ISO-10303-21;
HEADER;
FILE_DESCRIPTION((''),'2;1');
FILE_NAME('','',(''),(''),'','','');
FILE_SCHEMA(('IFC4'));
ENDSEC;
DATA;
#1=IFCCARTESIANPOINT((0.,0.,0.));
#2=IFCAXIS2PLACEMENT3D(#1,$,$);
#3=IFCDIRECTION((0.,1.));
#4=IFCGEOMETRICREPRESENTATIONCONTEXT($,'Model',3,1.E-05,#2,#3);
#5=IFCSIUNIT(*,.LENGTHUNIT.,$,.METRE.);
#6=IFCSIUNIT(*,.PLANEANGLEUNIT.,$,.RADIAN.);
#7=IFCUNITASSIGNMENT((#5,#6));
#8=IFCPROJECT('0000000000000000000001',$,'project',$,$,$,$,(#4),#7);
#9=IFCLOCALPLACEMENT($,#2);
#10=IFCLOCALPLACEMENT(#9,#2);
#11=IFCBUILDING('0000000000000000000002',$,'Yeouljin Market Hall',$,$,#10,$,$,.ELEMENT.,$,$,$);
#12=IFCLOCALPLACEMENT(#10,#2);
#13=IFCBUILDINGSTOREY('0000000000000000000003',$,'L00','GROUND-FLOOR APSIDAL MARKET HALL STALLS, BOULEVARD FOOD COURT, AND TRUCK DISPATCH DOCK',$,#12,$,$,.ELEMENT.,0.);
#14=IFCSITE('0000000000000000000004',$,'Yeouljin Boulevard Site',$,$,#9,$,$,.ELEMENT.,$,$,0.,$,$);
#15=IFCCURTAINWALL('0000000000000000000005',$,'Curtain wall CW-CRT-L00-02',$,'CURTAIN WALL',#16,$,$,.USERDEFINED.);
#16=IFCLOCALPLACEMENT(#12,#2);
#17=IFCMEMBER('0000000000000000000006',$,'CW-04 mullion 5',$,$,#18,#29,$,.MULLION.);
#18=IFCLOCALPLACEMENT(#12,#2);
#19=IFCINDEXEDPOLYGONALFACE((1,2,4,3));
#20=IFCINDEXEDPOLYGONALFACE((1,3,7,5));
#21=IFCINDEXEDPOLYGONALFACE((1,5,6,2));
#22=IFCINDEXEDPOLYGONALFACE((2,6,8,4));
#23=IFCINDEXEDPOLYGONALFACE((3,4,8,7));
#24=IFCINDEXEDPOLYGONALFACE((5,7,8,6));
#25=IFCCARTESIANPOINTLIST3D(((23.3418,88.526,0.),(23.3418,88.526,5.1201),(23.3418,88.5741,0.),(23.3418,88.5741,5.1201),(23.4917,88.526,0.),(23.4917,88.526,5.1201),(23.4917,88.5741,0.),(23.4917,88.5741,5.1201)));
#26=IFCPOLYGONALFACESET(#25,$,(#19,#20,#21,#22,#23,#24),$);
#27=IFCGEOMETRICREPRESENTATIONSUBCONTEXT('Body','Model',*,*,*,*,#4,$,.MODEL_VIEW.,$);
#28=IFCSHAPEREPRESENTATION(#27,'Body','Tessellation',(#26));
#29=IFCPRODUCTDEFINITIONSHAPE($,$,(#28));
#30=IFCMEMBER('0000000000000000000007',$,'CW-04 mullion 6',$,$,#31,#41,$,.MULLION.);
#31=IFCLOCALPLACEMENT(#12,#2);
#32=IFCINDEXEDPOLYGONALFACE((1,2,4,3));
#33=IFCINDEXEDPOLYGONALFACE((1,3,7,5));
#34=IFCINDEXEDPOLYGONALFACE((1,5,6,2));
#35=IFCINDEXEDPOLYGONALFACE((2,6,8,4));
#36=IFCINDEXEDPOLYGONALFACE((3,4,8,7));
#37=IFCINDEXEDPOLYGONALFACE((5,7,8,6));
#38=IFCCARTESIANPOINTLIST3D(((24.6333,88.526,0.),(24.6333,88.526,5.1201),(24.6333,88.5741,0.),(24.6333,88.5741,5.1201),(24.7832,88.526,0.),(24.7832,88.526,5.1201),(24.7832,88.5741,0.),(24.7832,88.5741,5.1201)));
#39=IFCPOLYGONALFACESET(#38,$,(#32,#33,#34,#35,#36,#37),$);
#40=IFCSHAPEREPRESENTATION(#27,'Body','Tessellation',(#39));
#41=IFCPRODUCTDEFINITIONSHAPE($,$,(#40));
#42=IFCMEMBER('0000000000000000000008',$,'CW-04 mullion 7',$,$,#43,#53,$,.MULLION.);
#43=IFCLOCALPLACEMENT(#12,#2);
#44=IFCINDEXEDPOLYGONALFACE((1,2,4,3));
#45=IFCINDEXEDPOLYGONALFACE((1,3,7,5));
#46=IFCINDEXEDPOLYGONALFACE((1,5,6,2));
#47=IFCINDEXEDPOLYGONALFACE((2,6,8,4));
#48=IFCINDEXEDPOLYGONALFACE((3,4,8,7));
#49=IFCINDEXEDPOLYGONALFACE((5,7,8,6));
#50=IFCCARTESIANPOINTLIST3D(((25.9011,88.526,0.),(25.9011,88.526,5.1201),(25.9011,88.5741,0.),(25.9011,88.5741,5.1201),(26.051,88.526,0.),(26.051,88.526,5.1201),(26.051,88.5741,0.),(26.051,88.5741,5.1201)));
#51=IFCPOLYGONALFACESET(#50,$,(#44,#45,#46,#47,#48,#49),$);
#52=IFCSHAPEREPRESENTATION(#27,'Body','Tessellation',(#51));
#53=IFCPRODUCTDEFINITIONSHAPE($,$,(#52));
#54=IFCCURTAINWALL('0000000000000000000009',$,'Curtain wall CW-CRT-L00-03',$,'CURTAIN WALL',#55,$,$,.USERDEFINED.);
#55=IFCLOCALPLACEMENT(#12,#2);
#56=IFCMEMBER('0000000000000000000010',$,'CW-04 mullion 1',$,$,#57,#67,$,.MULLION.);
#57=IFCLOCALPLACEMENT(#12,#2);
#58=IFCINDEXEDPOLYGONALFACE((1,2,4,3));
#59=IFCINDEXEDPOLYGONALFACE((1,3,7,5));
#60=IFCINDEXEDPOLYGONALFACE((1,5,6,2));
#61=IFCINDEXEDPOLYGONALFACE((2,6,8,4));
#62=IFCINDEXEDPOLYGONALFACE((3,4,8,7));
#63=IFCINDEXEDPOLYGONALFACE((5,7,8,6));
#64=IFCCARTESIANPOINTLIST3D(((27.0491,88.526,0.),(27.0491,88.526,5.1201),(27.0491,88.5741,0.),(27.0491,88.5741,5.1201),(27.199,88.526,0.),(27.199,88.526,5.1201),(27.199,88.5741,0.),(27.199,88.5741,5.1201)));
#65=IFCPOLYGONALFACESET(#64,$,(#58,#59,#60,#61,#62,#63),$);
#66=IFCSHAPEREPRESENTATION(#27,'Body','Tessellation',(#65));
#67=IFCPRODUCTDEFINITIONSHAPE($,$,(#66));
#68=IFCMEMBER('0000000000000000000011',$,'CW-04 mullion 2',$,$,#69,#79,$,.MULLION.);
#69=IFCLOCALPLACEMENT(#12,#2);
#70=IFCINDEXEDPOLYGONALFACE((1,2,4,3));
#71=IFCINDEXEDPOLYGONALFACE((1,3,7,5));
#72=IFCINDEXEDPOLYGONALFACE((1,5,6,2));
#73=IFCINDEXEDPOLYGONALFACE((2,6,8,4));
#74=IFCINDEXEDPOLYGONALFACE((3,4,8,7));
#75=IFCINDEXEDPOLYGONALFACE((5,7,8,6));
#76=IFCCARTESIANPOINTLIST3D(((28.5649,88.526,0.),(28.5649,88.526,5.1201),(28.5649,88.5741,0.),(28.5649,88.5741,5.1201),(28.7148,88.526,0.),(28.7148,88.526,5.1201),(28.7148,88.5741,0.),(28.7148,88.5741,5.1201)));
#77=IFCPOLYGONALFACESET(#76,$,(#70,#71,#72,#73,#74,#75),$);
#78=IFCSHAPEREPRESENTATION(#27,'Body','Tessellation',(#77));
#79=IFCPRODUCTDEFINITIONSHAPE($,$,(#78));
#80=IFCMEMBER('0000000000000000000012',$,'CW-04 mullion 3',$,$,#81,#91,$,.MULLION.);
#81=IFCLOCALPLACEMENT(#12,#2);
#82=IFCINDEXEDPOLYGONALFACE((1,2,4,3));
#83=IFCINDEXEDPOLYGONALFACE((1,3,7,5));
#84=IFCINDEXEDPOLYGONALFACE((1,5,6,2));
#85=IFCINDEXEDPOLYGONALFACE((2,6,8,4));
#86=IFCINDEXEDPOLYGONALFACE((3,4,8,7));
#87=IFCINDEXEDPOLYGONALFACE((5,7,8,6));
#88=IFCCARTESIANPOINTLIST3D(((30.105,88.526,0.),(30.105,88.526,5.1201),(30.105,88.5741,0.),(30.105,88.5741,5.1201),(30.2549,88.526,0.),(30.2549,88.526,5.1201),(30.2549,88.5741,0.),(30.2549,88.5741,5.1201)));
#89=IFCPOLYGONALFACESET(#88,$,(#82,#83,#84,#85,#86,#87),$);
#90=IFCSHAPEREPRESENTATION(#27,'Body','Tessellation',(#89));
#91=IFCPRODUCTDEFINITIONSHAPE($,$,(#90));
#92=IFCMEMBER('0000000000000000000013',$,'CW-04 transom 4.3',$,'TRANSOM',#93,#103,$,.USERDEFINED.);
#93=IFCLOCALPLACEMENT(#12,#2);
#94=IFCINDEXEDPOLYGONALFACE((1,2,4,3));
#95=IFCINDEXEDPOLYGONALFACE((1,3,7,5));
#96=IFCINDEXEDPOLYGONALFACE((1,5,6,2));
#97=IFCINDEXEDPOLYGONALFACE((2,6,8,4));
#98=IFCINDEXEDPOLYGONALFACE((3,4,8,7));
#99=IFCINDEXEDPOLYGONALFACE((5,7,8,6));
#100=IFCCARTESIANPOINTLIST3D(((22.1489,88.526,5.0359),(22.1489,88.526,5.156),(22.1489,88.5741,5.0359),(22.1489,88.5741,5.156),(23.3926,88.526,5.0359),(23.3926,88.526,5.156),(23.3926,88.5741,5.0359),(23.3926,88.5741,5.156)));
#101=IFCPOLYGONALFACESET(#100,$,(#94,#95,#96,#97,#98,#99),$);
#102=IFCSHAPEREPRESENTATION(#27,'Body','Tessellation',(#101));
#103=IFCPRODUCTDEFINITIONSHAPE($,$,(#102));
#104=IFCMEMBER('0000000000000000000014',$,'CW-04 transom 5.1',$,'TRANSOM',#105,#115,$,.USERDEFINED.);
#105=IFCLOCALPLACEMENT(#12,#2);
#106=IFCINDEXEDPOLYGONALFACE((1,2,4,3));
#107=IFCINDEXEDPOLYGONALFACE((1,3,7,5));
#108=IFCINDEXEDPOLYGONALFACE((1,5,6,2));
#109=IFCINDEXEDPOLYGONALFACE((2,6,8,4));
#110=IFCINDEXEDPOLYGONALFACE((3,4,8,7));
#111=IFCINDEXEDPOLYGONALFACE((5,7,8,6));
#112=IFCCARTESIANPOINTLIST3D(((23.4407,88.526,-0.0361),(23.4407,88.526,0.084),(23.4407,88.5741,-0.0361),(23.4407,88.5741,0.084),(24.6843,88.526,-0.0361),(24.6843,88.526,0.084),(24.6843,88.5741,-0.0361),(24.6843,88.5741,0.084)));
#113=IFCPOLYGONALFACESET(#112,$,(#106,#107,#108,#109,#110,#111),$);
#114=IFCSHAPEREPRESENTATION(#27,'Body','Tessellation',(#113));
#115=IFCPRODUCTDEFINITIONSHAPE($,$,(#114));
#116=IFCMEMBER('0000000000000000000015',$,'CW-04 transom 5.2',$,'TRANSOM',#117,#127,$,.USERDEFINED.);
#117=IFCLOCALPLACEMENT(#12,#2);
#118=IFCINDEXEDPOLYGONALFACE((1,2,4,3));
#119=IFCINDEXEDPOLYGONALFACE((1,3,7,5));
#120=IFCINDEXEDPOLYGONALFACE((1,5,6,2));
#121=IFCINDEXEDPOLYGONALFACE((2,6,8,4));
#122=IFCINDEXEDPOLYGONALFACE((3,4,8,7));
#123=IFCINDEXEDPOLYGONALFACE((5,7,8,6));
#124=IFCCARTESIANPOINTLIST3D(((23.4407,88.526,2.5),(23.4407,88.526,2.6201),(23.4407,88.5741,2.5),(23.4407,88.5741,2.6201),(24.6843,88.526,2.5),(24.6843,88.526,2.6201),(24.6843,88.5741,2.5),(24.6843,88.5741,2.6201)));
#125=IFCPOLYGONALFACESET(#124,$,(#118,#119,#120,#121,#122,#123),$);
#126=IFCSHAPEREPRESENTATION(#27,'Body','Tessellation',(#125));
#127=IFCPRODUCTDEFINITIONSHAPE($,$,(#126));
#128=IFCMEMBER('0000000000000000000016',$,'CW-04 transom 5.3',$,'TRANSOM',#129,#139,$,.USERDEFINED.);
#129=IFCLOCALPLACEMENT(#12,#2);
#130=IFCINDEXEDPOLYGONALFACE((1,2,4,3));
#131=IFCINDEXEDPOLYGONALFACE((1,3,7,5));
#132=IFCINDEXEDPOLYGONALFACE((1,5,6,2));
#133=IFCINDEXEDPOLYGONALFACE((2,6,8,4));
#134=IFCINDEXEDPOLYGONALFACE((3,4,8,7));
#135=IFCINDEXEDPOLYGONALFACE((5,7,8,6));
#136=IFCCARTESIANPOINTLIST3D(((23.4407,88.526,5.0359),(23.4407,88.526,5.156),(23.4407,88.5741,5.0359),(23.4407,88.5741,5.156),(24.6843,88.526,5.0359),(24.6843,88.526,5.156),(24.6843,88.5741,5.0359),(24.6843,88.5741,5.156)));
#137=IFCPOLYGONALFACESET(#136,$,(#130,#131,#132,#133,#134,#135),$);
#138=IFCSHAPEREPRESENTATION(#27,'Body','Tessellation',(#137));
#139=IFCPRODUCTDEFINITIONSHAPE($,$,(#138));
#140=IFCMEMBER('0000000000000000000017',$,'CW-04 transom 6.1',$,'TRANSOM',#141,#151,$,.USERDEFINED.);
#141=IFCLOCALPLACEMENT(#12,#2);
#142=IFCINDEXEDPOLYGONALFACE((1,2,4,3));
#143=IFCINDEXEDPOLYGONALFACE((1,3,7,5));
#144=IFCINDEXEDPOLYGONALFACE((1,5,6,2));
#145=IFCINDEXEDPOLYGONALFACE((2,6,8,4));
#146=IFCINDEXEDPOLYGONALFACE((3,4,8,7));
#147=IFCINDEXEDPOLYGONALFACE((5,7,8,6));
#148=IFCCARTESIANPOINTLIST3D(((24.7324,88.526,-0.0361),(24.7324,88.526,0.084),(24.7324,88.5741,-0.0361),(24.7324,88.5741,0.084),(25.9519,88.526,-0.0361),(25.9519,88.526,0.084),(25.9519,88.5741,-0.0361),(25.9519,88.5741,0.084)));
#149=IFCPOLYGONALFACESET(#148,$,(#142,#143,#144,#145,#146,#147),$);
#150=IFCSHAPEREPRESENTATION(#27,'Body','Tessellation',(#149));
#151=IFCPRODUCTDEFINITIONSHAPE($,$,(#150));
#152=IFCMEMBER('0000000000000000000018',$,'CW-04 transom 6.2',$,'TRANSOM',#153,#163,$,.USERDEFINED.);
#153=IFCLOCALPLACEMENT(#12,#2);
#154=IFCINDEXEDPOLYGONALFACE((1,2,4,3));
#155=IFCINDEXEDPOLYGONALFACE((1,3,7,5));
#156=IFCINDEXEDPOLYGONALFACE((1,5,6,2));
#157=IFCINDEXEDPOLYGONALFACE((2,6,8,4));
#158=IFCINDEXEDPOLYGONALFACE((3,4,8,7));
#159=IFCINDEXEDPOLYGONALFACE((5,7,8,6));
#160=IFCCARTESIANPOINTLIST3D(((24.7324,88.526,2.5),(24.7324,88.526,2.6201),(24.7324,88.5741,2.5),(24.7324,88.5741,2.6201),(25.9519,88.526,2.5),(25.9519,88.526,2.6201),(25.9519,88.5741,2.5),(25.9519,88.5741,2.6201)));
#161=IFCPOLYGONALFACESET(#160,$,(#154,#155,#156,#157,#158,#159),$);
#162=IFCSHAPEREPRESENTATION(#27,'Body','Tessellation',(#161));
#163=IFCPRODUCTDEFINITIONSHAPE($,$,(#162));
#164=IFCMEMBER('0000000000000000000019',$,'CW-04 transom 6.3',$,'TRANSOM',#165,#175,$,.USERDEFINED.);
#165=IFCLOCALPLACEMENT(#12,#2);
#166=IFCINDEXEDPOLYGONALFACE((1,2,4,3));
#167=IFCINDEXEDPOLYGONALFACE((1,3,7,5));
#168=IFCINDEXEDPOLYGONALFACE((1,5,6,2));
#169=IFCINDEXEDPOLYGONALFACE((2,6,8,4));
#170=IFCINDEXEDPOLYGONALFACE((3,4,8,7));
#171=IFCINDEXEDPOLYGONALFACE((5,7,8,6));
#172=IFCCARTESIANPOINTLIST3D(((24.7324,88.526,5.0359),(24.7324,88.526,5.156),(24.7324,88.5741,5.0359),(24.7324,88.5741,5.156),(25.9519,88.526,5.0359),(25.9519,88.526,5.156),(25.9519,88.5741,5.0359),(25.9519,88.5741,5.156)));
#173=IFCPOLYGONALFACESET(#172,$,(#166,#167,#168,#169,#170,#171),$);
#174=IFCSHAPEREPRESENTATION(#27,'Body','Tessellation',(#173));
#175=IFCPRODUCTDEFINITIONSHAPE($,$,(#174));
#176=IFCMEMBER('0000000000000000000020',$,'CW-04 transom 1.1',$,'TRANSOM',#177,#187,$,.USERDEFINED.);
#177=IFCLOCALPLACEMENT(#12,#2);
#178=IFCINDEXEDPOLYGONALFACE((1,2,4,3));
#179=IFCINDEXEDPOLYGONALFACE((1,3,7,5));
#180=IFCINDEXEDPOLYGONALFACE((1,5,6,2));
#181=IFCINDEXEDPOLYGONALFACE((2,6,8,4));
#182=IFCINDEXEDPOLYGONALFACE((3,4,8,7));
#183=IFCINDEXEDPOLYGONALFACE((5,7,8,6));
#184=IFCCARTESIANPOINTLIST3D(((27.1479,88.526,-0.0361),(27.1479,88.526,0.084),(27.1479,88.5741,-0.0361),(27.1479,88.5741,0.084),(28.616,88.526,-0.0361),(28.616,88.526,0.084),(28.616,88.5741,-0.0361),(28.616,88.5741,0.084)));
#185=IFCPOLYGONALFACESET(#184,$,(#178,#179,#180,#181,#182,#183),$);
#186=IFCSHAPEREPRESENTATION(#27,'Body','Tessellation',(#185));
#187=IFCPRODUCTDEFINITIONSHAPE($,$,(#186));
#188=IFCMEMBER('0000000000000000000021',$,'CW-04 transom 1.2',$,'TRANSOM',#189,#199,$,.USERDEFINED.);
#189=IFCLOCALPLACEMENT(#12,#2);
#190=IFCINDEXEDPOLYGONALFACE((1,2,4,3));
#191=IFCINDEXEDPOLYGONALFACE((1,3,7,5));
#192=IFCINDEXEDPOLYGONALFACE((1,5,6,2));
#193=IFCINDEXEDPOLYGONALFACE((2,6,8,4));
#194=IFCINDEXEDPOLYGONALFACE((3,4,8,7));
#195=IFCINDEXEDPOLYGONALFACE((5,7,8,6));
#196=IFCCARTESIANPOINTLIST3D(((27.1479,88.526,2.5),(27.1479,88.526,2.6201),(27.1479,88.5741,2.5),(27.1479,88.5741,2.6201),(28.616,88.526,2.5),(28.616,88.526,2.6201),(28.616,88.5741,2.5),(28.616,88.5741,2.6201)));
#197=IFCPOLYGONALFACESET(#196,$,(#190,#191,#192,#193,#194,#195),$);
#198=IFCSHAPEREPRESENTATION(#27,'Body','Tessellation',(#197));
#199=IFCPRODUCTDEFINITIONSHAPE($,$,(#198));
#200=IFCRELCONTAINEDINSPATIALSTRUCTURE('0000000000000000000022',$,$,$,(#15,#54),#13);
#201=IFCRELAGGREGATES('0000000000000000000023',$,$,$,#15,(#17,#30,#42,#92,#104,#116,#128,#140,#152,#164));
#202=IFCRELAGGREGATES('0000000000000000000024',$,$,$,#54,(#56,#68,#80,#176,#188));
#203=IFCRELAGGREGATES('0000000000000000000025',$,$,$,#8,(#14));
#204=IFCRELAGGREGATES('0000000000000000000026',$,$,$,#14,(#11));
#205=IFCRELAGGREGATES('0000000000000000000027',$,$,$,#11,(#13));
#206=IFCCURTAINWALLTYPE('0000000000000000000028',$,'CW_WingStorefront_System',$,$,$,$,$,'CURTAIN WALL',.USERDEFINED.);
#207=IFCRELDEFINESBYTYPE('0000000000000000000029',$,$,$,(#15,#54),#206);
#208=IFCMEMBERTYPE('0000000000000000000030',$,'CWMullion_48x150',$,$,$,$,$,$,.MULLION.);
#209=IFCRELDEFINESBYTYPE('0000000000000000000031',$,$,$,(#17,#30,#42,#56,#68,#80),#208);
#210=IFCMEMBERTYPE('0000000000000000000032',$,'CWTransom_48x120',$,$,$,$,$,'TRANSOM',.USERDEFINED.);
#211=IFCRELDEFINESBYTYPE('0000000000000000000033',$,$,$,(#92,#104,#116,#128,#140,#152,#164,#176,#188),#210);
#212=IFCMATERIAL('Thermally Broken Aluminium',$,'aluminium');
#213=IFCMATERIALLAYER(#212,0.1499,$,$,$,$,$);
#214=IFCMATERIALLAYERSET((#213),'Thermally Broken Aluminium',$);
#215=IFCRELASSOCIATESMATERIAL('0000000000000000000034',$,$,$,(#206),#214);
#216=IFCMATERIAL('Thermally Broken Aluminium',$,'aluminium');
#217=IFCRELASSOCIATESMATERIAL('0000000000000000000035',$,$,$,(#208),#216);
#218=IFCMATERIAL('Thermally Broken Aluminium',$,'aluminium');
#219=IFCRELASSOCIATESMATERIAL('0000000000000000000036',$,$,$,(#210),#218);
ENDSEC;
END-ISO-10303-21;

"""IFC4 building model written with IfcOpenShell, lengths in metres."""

from ifc_helpers import new_model, si_unit, direction, frame, origin, origin_2d, place, context, subcontext, project, spatial, rectangle, extrude, material, layer, layer_set, material_profile, profile_set, type_object, element, aggregate, save


model = new_model("IFC4")

# Units and contexts
model_context = context("Model", 3, precision=1e-05, world=origin(), true_north=direction((0.0, 1.0)))
body_context = subcontext(model_context, "Body", "Model", "MODEL_VIEW")
ifc_project = project(units=[si_unit("LENGTHUNIT", "METRE"), si_unit("PLANEANGLEUNIT", "RADIAN")], contexts=[model_context])

# Site, building, storey
site_placement = place(None, origin())
site = spatial("IfcSite", under=ifc_project, at=site_placement, Name="Yeouljin Boulevard Site", CompositionType="ELEMENT", RefElevation=0.0)
building_placement = place(site_placement, origin())
building = spatial("IfcBuilding", under=site, at=building_placement, Name="Yeouljin Market Hall", CompositionType="ELEMENT")
storey_placement = place(building_placement, origin())
storey = spatial("IfcBuildingStorey", under=building, at=storey_placement, Name="L00", Description="GROUND-FLOOR APSIDAL MARKET HALL STALLS, BOULEVARD FOOD COURT, AND TRUCK DISPATCH DOCK", CompositionType="ELEMENT", Elevation=0.0)

# Curtain walls, members
ifc_material_1 = material(Name="Thermally Broken Aluminium", Category="aluminium")
ifc_layer_1 = layer(ifc_material_1, 0.1499)
ifc_layer_set_1 = layer_set([ifc_layer_1], Name="Thermally Broken Aluminium")
curtain_wall_type = type_object("IfcCurtainWallType", Name="CW_WingStorefront_System", ElementType="CURTAIN WALL", PredefinedType="USERDEFINED", material=ifc_layer_set_1)
curtain_wall_1_placement = place(storey_placement, origin())
curtain_wall_1 = element("IfcCurtainWall", 1, at=curtain_wall_1_placement, inside=storey, type_object=curtain_wall_type, Name="Curtain wall CW-CRT-L00-02", ObjectType="CURTAIN WALL", PredefinedType="USERDEFINED")
ifc_material_2 = material(Name="Thermally Broken Aluminium", Category="aluminium")
ifc_material_profile_1 = material_profile(ifc_material_2, rectangle(XDim=0.0481, YDim=0.1499, at=origin_2d()), Name="CW-MULL-48x150")
ifc_profile_set_1 = profile_set([ifc_material_profile_1], Name="Thermally Broken Aluminium")
member_type_1 = type_object("IfcMemberType", Name="CWMullion_48x150", PredefinedType="MULLION", material=ifc_profile_set_1)
member_1_placement = place(storey_placement, frame((23.4167, 88.55, 0.0), z_axis=(0.0, 0.0, 1.0), x_axis=(0.0, 1.0, 0.0)))
member_1 = element("IfcMember", 2, at=member_1_placement, type_object=member_type_1, Name="CW-04 mullion 5", PredefinedType="MULLION", context=body_context, shape_type="SweptSolid", body=[
    extrude(rectangle(XDim=0.0481, YDim=0.1499, at=origin_2d()), origin(), (0.0, 0.0, 1.0), 5.1201),
])
member_2_placement = place(storey_placement, frame((24.7083, 88.55, 0.0), z_axis=(0.0, 0.0, 1.0), x_axis=(0.0, 1.0, 0.0)))
member_2 = element("IfcMember", 3, at=member_2_placement, type_object=member_type_1, Name="CW-04 mullion 6", PredefinedType="MULLION", context=body_context, shape_type="SweptSolid", body=[
    extrude(rectangle(XDim=0.0481, YDim=0.1499, at=origin_2d()), origin(), (0.0, 0.0, 1.0), 5.1201),
])
member_3_placement = place(storey_placement, frame((25.9761, 88.55, 0.0), z_axis=(0.0, 0.0, 1.0), x_axis=(0.0, 1.0, 0.0)))
member_3 = element("IfcMember", 4, at=member_3_placement, type_object=member_type_1, Name="CW-04 mullion 7", PredefinedType="MULLION", context=body_context, shape_type="SweptSolid", body=[
    extrude(rectangle(XDim=0.0481, YDim=0.1499, at=origin_2d()), origin(), (0.0, 0.0, 1.0), 5.1201),
])
curtain_wall_2_placement = place(storey_placement, origin())
curtain_wall_2 = element("IfcCurtainWall", 5, at=curtain_wall_2_placement, inside=storey, type_object=curtain_wall_type, Name="Curtain wall CW-CRT-L00-03", ObjectType="CURTAIN WALL", PredefinedType="USERDEFINED")
member_4_placement = place(storey_placement, frame((27.124, 88.55, 0.0), z_axis=(0.0, 0.0, 1.0), x_axis=(0.0, 1.0, 0.0)))
member_4 = element("IfcMember", 6, at=member_4_placement, type_object=member_type_1, Name="CW-04 mullion 1", PredefinedType="MULLION", context=body_context, shape_type="SweptSolid", body=[
    extrude(rectangle(XDim=0.0481, YDim=0.1499, at=origin_2d()), origin(), (0.0, 0.0, 1.0), 5.1201),
])
member_5_placement = place(storey_placement, frame((28.6399, 88.55, 0.0), z_axis=(0.0, 0.0, 1.0), x_axis=(0.0, 1.0, 0.0)))
member_5 = element("IfcMember", 7, at=member_5_placement, type_object=member_type_1, Name="CW-04 mullion 2", PredefinedType="MULLION", context=body_context, shape_type="SweptSolid", body=[
    extrude(rectangle(XDim=0.0481, YDim=0.1499, at=origin_2d()), origin(), (0.0, 0.0, 1.0), 5.1201),
])
member_6_placement = place(storey_placement, frame((30.1799, 88.55, 0.0), z_axis=(0.0, 0.0, 1.0), x_axis=(0.0, 1.0, 0.0)))
member_6 = element("IfcMember", 8, at=member_6_placement, type_object=member_type_1, Name="CW-04 mullion 3", PredefinedType="MULLION", context=body_context, shape_type="SweptSolid", body=[
    extrude(rectangle(XDim=0.0481, YDim=0.1499, at=origin_2d()), origin(), (0.0, 0.0, 1.0), 5.1201),
])

# Members
ifc_material_3 = material(Name="Thermally Broken Aluminium", Category="aluminium")
ifc_material_profile_2 = material_profile(ifc_material_3, rectangle(XDim=0.0481, YDim=0.1201, at=origin_2d()), Name="CW-TRAN-48x120")
ifc_profile_set_2 = profile_set([ifc_material_profile_2], Name="Thermally Broken Aluminium")
member_type_2 = type_object("IfcMemberType", Name="CWTransom_48x120", ElementType="TRANSOM", PredefinedType="USERDEFINED", material=ifc_profile_set_2)
member_7_placement = place(storey_placement, frame((22.1489, 88.55, 5.0959), z_axis=(1.0, 0.0, 0.0), x_axis=(0.0, 1.0, 0.0)))
member_7 = element("IfcMember", 9, at=member_7_placement, type_object=member_type_2, Name="CW-04 transom 4.3", ObjectType="TRANSOM", PredefinedType="USERDEFINED", context=body_context, shape_type="SweptSolid", body=[
    extrude(rectangle(XDim=0.0481, YDim=0.1201, at=origin_2d()), origin(), (0.0, 0.0, 1.0), 1.2437),
])
member_8_placement = place(storey_placement, frame((23.4407, 88.55, 0.0239), z_axis=(1.0, 0.0, 0.0), x_axis=(0.0, 1.0, 0.0)))
member_8 = element("IfcMember", 10, at=member_8_placement, type_object=member_type_2, Name="CW-04 transom 5.1", ObjectType="TRANSOM", PredefinedType="USERDEFINED", context=body_context, shape_type="SweptSolid", body=[
    extrude(rectangle(XDim=0.0481, YDim=0.1201, at=origin_2d()), origin(), (0.0, 0.0, 1.0), 1.2437),
])
member_9_placement = place(storey_placement, frame((23.4407, 88.55, 2.5601), z_axis=(1.0, 0.0, 0.0), x_axis=(0.0, 1.0, 0.0)))
member_9 = element("IfcMember", 11, at=member_9_placement, type_object=member_type_2, Name="CW-04 transom 5.2", ObjectType="TRANSOM", PredefinedType="USERDEFINED", context=body_context, shape_type="SweptSolid", body=[
    extrude(rectangle(XDim=0.0481, YDim=0.1201, at=origin_2d()), origin(), (0.0, 0.0, 1.0), 1.2437),
])
member_10_placement = place(storey_placement, frame((23.4407, 88.55, 5.0959), z_axis=(1.0, 0.0, 0.0), x_axis=(0.0, 1.0, 0.0)))
member_10 = element("IfcMember", 12, at=member_10_placement, type_object=member_type_2, Name="CW-04 transom 5.3", ObjectType="TRANSOM", PredefinedType="USERDEFINED", context=body_context, shape_type="SweptSolid", body=[
    extrude(rectangle(XDim=0.0481, YDim=0.1201, at=origin_2d()), origin(), (0.0, 0.0, 1.0), 1.2437),
])
member_11_placement = place(storey_placement, frame((24.7324, 88.55, 0.0239), z_axis=(1.0, 0.0, 0.0), x_axis=(0.0, 1.0, 0.0)))
member_11 = element("IfcMember", 13, at=member_11_placement, type_object=member_type_2, Name="CW-04 transom 6.1", ObjectType="TRANSOM", PredefinedType="USERDEFINED", context=body_context, shape_type="SweptSolid", body=[
    extrude(rectangle(XDim=0.0481, YDim=0.1201, at=origin_2d()), origin(), (0.0, 0.0, 1.0), 1.2195),
])
member_12_placement = place(storey_placement, frame((24.7324, 88.55, 2.5601), z_axis=(1.0, 0.0, 0.0), x_axis=(0.0, 1.0, 0.0)))
member_12 = element("IfcMember", 14, at=member_12_placement, type_object=member_type_2, Name="CW-04 transom 6.2", ObjectType="TRANSOM", PredefinedType="USERDEFINED", context=body_context, shape_type="SweptSolid", body=[
    extrude(rectangle(XDim=0.0481, YDim=0.1201, at=origin_2d()), origin(), (0.0, 0.0, 1.0), 1.2195),
])
member_13_placement = place(storey_placement, frame((24.7324, 88.55, 5.0959), z_axis=(1.0, 0.0, 0.0), x_axis=(0.0, 1.0, 0.0)))
member_13 = element("IfcMember", 15, at=member_13_placement, type_object=member_type_2, Name="CW-04 transom 6.3", ObjectType="TRANSOM", PredefinedType="USERDEFINED", context=body_context, shape_type="SweptSolid", body=[
    extrude(rectangle(XDim=0.0481, YDim=0.1201, at=origin_2d()), origin(), (0.0, 0.0, 1.0), 1.2195),
])
member_14_placement = place(storey_placement, frame((27.1479, 88.55, 0.0239), z_axis=(1.0, 0.0, 0.0), x_axis=(0.0, 1.0, 0.0)))
member_14 = element("IfcMember", 16, at=member_14_placement, type_object=member_type_2, Name="CW-04 transom 1.1", ObjectType="TRANSOM", PredefinedType="USERDEFINED", context=body_context, shape_type="SweptSolid", body=[
    extrude(rectangle(XDim=0.0481, YDim=0.1201, at=origin_2d()), origin(), (0.0, 0.0, 1.0), 1.468),
])
member_15_placement = place(storey_placement, frame((27.1479, 88.55, 2.5601), z_axis=(1.0, 0.0, 0.0), x_axis=(0.0, 1.0, 0.0)))
member_15 = element("IfcMember", 17, at=member_15_placement, type_object=member_type_2, Name="CW-04 transom 1.2", ObjectType="TRANSOM", PredefinedType="USERDEFINED", context=body_context, shape_type="SweptSolid", body=[
    extrude(rectangle(XDim=0.0481, YDim=0.1201, at=origin_2d()), origin(), (0.0, 0.0, 1.0), 1.468),
])

aggregate(curtain_wall_1, [member_1, member_2, member_3, member_7, member_8, member_9, member_10, member_11, member_12, member_13])
aggregate(curtain_wall_2, [member_4, member_5, member_6, member_14, member_15])

save(model, "model.ifc")
